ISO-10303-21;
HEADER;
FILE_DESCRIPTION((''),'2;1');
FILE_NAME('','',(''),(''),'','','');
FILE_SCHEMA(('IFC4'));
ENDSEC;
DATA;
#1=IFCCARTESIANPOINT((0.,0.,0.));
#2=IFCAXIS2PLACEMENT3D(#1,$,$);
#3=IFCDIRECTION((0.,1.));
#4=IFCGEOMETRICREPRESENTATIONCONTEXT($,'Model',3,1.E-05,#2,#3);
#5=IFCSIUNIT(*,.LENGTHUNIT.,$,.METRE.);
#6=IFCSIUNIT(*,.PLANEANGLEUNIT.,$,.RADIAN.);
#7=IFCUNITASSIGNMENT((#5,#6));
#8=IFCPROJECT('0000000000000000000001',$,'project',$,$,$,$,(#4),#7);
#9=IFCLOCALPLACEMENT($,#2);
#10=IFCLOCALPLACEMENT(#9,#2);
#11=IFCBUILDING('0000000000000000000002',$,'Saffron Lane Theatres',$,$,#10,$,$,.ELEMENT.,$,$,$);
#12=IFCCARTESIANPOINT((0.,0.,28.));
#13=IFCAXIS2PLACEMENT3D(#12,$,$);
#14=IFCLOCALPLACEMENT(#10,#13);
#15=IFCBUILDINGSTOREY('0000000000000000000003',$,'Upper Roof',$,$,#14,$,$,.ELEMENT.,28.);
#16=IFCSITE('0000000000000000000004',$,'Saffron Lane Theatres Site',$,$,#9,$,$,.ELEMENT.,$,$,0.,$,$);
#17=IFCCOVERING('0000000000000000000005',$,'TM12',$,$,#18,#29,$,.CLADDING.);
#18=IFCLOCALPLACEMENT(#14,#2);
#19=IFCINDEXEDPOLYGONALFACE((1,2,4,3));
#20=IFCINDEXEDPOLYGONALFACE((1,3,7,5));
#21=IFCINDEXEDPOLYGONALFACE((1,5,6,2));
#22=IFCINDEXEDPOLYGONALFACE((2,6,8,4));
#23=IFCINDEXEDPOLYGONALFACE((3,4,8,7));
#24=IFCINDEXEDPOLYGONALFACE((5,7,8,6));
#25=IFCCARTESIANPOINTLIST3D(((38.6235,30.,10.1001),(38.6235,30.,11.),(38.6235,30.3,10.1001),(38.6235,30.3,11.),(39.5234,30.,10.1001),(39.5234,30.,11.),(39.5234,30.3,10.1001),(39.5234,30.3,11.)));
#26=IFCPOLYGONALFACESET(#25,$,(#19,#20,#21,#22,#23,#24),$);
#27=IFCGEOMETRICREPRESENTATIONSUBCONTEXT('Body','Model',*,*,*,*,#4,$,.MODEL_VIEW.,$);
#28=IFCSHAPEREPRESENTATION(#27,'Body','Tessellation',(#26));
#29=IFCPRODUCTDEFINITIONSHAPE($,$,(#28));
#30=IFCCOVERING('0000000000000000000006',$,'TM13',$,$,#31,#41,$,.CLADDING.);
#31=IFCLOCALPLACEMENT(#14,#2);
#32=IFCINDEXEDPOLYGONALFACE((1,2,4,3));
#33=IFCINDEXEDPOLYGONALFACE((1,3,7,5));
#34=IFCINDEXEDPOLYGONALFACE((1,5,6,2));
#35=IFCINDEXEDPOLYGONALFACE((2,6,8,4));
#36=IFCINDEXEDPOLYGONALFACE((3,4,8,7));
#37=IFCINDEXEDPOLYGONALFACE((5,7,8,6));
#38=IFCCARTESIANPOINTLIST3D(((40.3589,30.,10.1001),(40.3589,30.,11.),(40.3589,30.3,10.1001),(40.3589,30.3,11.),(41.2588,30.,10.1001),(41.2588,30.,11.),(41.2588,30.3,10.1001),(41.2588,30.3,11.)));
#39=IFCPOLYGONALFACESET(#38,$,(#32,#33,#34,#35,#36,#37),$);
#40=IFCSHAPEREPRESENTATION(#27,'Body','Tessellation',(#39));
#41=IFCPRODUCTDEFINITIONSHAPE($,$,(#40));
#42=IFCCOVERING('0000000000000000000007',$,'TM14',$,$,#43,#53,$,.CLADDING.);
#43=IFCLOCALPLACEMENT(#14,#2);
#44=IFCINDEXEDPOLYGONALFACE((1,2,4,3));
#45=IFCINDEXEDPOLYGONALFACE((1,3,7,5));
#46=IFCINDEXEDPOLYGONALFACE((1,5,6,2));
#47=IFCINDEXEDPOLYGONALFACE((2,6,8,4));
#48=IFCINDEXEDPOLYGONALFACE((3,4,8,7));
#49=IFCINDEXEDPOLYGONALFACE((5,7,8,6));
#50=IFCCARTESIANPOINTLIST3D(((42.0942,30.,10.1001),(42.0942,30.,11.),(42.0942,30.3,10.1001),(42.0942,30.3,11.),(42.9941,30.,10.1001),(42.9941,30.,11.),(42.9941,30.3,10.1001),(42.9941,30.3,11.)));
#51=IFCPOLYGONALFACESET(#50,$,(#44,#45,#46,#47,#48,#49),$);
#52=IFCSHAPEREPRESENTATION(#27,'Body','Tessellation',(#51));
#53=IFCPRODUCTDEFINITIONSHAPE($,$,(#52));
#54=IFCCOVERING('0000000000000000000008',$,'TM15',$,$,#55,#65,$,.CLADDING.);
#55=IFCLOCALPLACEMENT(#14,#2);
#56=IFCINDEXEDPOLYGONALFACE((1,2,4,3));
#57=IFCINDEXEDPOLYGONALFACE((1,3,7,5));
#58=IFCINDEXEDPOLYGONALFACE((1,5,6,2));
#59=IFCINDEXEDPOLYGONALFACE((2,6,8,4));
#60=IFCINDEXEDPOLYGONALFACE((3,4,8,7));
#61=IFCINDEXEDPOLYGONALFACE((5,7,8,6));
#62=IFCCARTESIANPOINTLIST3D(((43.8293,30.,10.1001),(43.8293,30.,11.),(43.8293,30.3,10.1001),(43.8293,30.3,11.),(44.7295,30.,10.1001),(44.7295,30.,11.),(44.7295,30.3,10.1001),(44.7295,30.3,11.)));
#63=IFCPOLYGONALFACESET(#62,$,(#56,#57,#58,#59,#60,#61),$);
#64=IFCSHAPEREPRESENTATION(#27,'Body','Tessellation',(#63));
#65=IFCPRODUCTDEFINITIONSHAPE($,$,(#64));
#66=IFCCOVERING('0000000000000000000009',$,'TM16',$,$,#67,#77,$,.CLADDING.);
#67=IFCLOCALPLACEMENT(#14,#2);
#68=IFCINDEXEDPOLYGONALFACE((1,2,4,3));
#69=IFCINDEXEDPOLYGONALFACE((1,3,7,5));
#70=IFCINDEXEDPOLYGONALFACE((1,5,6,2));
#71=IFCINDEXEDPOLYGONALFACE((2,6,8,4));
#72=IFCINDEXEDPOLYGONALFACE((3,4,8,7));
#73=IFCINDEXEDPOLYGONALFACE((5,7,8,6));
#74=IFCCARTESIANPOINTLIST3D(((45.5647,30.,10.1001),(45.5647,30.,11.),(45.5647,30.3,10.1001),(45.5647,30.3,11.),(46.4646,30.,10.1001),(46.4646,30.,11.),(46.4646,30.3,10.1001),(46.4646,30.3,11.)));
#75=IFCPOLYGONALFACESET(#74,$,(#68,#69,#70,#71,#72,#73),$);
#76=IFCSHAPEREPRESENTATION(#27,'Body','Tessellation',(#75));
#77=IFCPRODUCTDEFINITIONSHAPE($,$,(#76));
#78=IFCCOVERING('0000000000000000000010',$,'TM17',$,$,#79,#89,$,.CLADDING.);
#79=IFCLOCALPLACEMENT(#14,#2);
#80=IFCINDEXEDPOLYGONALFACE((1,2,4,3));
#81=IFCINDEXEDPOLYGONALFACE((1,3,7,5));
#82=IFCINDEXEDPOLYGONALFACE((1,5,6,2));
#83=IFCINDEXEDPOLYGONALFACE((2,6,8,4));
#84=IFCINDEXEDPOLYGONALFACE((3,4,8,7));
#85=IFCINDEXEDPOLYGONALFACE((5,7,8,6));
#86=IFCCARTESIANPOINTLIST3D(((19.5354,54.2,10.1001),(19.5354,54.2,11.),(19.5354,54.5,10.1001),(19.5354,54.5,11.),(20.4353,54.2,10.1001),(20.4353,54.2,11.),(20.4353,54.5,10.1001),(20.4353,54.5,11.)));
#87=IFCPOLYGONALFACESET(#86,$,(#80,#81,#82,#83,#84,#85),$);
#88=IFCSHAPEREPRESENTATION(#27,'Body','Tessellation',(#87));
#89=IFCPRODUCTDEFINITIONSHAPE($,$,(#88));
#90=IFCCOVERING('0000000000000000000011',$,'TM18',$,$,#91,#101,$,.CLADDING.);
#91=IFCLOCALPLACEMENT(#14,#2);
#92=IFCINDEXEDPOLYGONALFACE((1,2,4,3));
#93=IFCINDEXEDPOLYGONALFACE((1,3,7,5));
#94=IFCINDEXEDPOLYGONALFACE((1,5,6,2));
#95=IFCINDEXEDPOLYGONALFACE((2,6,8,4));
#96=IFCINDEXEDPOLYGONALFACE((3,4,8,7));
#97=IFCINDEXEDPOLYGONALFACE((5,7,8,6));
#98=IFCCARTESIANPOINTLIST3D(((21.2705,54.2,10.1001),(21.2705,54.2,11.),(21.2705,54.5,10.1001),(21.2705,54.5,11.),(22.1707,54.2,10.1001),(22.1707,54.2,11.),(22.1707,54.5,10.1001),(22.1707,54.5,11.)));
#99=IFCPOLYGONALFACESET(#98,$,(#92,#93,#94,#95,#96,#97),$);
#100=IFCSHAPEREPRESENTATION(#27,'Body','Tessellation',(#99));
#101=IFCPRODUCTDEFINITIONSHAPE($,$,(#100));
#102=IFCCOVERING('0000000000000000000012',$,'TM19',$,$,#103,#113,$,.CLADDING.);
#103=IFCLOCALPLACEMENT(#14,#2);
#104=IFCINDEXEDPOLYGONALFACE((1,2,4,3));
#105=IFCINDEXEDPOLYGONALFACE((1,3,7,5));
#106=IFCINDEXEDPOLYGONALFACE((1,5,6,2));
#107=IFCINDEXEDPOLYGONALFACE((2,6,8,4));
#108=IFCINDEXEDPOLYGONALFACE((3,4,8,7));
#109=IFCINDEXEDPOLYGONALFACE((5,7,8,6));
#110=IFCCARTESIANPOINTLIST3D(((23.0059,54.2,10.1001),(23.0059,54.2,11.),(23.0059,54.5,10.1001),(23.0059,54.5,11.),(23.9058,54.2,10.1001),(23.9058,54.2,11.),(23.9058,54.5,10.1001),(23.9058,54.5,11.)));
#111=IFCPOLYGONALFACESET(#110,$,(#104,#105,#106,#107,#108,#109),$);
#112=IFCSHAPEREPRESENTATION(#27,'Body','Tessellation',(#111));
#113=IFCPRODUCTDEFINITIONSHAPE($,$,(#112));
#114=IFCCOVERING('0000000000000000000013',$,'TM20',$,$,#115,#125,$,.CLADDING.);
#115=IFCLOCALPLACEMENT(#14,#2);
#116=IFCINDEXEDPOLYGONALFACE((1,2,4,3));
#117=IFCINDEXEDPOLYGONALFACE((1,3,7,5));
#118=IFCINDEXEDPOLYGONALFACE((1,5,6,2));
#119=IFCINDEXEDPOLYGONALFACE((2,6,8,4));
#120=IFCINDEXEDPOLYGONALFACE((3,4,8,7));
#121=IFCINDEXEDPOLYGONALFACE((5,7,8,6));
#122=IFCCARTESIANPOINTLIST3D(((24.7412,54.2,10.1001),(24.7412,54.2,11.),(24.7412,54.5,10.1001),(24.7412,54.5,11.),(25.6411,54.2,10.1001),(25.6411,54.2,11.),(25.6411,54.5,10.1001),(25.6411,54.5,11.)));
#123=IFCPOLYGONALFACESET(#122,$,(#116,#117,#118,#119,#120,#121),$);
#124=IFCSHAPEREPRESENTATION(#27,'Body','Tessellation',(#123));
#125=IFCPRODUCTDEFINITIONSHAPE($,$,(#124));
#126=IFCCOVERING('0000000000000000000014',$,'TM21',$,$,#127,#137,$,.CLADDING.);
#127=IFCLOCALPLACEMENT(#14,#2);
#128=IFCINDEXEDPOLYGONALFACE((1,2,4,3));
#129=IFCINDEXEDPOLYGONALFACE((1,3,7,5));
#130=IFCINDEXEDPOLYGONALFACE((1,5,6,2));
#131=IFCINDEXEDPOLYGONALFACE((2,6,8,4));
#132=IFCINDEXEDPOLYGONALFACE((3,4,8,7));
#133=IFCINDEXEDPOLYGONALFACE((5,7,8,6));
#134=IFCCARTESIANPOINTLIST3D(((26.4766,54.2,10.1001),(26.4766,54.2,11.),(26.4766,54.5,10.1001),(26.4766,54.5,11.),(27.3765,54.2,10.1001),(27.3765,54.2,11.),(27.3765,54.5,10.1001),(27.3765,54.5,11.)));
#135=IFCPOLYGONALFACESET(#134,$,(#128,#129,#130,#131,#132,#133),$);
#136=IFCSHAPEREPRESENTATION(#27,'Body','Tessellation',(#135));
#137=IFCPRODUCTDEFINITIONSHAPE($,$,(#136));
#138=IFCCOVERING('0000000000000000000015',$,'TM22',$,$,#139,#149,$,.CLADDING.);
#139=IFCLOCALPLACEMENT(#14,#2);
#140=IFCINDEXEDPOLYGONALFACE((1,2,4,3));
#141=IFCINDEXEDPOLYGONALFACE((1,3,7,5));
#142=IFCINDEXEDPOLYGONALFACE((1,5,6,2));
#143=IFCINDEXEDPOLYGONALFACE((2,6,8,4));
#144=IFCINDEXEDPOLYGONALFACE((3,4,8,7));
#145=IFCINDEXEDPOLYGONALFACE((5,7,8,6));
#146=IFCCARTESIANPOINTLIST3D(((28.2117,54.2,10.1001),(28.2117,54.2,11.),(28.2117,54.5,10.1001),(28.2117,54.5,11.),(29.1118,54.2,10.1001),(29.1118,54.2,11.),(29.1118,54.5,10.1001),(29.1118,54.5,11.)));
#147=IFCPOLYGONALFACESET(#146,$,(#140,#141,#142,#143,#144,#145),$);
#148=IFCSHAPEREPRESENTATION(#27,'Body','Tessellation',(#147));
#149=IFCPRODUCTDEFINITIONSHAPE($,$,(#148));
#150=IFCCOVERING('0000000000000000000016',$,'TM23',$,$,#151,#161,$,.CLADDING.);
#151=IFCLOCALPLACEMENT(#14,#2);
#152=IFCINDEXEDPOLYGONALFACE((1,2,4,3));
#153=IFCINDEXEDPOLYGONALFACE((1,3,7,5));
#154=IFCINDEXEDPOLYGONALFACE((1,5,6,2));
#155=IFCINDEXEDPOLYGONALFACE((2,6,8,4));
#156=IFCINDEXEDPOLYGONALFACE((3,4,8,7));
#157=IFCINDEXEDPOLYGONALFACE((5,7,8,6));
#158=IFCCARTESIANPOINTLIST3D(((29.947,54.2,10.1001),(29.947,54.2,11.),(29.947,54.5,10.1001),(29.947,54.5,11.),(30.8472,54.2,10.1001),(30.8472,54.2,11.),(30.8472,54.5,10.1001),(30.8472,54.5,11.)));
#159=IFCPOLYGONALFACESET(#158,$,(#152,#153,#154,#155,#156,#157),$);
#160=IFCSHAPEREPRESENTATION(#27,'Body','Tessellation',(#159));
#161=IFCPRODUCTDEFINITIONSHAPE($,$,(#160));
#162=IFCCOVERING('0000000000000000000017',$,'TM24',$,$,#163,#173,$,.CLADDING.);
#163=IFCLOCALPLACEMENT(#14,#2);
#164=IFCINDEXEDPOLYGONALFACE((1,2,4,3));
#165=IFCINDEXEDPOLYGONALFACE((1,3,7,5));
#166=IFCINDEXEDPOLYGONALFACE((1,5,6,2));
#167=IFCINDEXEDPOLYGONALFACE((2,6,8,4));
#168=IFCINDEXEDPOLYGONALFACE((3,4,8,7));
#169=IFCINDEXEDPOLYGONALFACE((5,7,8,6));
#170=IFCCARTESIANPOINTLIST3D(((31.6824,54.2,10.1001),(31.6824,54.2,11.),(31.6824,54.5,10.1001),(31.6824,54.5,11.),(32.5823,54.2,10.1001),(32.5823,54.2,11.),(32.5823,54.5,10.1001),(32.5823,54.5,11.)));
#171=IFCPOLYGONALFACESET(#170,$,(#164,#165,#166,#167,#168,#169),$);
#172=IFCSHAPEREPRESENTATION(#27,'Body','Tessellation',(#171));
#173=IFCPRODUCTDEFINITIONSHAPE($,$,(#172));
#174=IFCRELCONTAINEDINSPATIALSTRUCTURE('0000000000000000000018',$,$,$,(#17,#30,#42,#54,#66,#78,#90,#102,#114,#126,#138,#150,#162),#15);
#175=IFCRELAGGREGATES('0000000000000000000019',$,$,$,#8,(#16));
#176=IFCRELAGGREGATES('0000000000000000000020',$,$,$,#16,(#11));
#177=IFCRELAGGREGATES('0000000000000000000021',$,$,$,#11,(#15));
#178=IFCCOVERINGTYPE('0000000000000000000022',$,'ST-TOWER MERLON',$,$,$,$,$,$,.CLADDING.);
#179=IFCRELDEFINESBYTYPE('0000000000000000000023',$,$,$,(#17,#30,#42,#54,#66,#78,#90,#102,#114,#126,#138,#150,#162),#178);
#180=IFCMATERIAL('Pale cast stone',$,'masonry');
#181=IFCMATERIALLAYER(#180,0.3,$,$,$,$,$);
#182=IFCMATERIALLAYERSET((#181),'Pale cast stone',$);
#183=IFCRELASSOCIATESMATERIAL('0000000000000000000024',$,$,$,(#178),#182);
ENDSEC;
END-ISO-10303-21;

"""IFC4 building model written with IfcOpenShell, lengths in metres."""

from ifc_helpers import new_model, si_unit, direction, frame, origin, place, context, subcontext, project, spatial, polyline, outline, extrude, material, layer, layer_set, type_object, element, save


model = new_model("IFC4")

# Units and contexts
model_context = context("Model", 3, precision=1e-05, world=origin(), true_north=direction((0.0, 1.0)))
body_context = subcontext(model_context, "Body", "Model", "MODEL_VIEW")
ifc_project = project(units=[si_unit("LENGTHUNIT", "METRE"), si_unit("PLANEANGLEUNIT", "RADIAN")], contexts=[model_context])

# Site, building, storey
site_placement = place(None, origin())
site = spatial("IfcSite", under=ifc_project, at=site_placement, Name="Saffron Lane Theatres Site", CompositionType="ELEMENT", RefElevation=0.0)
building_placement = place(site_placement, origin())
building = spatial("IfcBuilding", under=site, at=building_placement, Name="Saffron Lane Theatres", CompositionType="ELEMENT")
storey_placement = place(building_placement, frame((0.0, 0.0, 28.0)))
storey = spatial("IfcBuildingStorey", under=building, at=storey_placement, Name="Upper Roof", CompositionType="ELEMENT", Elevation=28.0)

# Coverings
ifc_material_1 = material(Name="Pale cast stone", Category="masonry")
ifc_layer_1 = layer(ifc_material_1, 0.3)
ifc_layer_set_1 = layer_set([ifc_layer_1], Name="Pale cast stone")
covering_type_1 = type_object("IfcCoveringType", Name="ST-TOWER MERLON", PredefinedType="CLADDING", material=ifc_layer_set_1)
covering_1_placement = place(storey_placement, frame((0.0, 0.0, 10.1001)))
element("IfcCovering", 1, at=covering_1_placement, inside=storey, type_object=covering_type_1, Name="TM12", PredefinedType="CLADDING", context=body_context, shape_type="SweptSolid", body=[
    extrude(outline(polyline([(38.6235, 30.0), (39.5234, 30.0), (39.5234, 30.3), (38.6235, 30.3), (38.6235, 30.0)])), origin(), (0.0, 0.0, 1.0), 0.8999),
])
covering_2_placement = place(storey_placement, frame((0.0, 0.0, 10.1001)))
element("IfcCovering", 2, at=covering_2_placement, inside=storey, type_object=covering_type_1, Name="TM13", PredefinedType="CLADDING", context=body_context, shape_type="SweptSolid", body=[
    extrude(outline(polyline([(40.3589, 30.0), (41.2588, 30.0), (41.2588, 30.3), (40.3589, 30.3), (40.3589, 30.0)])), origin(), (0.0, 0.0, 1.0), 0.8999),
])
covering_3_placement = place(storey_placement, frame((0.0, 0.0, 10.1001)))
element("IfcCovering", 3, at=covering_3_placement, inside=storey, type_object=covering_type_1, Name="TM14", PredefinedType="CLADDING", context=body_context, shape_type="SweptSolid", body=[
    extrude(outline(polyline([(42.0942, 30.0), (42.9941, 30.0), (42.9941, 30.3), (42.0942, 30.3), (42.0942, 30.0)])), origin(), (0.0, 0.0, 1.0), 0.8999),
])
covering_4_placement = place(storey_placement, frame((0.0, 0.0, 10.1001)))
element("IfcCovering", 4, at=covering_4_placement, inside=storey, type_object=covering_type_1, Name="TM15", PredefinedType="CLADDING", context=body_context, shape_type="SweptSolid", body=[
    extrude(outline(polyline([(43.8293, 30.0), (44.7295, 30.0), (44.7295, 30.3), (43.8293, 30.3), (43.8293, 30.0)])), origin(), (0.0, 0.0, 1.0), 0.8999),
])
covering_5_placement = place(storey_placement, frame((0.0, 0.0, 10.1001)))
element("IfcCovering", 5, at=covering_5_placement, inside=storey, type_object=covering_type_1, Name="TM16", PredefinedType="CLADDING", context=body_context, shape_type="SweptSolid", body=[
    extrude(outline(polyline([(45.5647, 30.0), (46.4646, 30.0), (46.4646, 30.3), (45.5647, 30.3), (45.5647, 30.0)])), origin(), (0.0, 0.0, 1.0), 0.8999),
])
covering_6_placement = place(storey_placement, frame((0.0, 0.0, 10.1001)))
element("IfcCovering", 6, at=covering_6_placement, inside=storey, type_object=covering_type_1, Name="TM17", PredefinedType="CLADDING", context=body_context, shape_type="SweptSolid", body=[
    extrude(outline(polyline([(19.5354, 54.2), (20.4353, 54.2), (20.4353, 54.5), (19.5354, 54.5), (19.5354, 54.2)])), origin(), (0.0, 0.0, 1.0), 0.8999),
])
covering_7_placement = place(storey_placement, frame((0.0, 0.0, 10.1001)))
element("IfcCovering", 7, at=covering_7_placement, inside=storey, type_object=covering_type_1, Name="TM18", PredefinedType="CLADDING", context=body_context, shape_type="SweptSolid", body=[
    extrude(outline(polyline([(21.2705, 54.2), (22.1707, 54.2), (22.1707, 54.5), (21.2705, 54.5), (21.2705, 54.2)])), origin(), (0.0, 0.0, 1.0), 0.8999),
])
covering_8_placement = place(storey_placement, frame((0.0, 0.0, 10.1001)))
element("IfcCovering", 8, at=covering_8_placement, inside=storey, type_object=covering_type_1, Name="TM19", PredefinedType="CLADDING", context=body_context, shape_type="SweptSolid", body=[
    extrude(outline(polyline([(23.0059, 54.2), (23.9058, 54.2), (23.9058, 54.5), (23.0059, 54.5), (23.0059, 54.2)])), origin(), (0.0, 0.0, 1.0), 0.8999),
])
covering_9_placement = place(storey_placement, frame((0.0, 0.0, 10.1001)))
element("IfcCovering", 9, at=covering_9_placement, inside=storey, type_object=covering_type_1, Name="TM20", PredefinedType="CLADDING", context=body_context, shape_type="SweptSolid", body=[
    extrude(outline(polyline([(24.7412, 54.2), (25.6411, 54.2), (25.6411, 54.5), (24.7412, 54.5), (24.7412, 54.2)])), origin(), (0.0, 0.0, 1.0), 0.8999),
])
covering_10_placement = place(storey_placement, frame((0.0, 0.0, 10.1001)))
element("IfcCovering", 10, at=covering_10_placement, inside=storey, type_object=covering_type_1, Name="TM21", PredefinedType="CLADDING", context=body_context, shape_type="SweptSolid", body=[
    extrude(outline(polyline([(26.4766, 54.2), (27.3765, 54.2), (27.3765, 54.5), (26.4766, 54.5), (26.4766, 54.2)])), origin(), (0.0, 0.0, 1.0), 0.8999),
])
covering_11_placement = place(storey_placement, frame((0.0, 0.0, 10.1001)))
element("IfcCovering", 11, at=covering_11_placement, inside=storey, type_object=covering_type_1, Name="TM22", PredefinedType="CLADDING", context=body_context, shape_type="SweptSolid", body=[
    extrude(outline(polyline([(28.2117, 54.2), (29.1118, 54.2), (29.1118, 54.5), (28.2117, 54.5), (28.2117, 54.2)])), origin(), (0.0, 0.0, 1.0), 0.8999),
])
covering_12_placement = place(storey_placement, frame((0.0, 0.0, 10.1001)))
element("IfcCovering", 12, at=covering_12_placement, inside=storey, type_object=covering_type_1, Name="TM23", PredefinedType="CLADDING", context=body_context, shape_type="SweptSolid", body=[
    extrude(outline(polyline([(29.947, 54.2), (30.8472, 54.2), (30.8472, 54.5), (29.947, 54.5), (29.947, 54.2)])), origin(), (0.0, 0.0, 1.0), 0.8999),
])
covering_13_placement = place(storey_placement, frame((0.0, 0.0, 10.1001)))
element("IfcCovering", 13, at=covering_13_placement, inside=storey, type_object=covering_type_1, Name="TM24", PredefinedType="CLADDING", context=body_context, shape_type="SweptSolid", body=[
    extrude(outline(polyline([(31.6824, 54.2), (32.5823, 54.2), (32.5823, 54.5), (31.6824, 54.5), (31.6824, 54.2)])), origin(), (0.0, 0.0, 1.0), 0.8999),
])

save(model, "model.ifc")
